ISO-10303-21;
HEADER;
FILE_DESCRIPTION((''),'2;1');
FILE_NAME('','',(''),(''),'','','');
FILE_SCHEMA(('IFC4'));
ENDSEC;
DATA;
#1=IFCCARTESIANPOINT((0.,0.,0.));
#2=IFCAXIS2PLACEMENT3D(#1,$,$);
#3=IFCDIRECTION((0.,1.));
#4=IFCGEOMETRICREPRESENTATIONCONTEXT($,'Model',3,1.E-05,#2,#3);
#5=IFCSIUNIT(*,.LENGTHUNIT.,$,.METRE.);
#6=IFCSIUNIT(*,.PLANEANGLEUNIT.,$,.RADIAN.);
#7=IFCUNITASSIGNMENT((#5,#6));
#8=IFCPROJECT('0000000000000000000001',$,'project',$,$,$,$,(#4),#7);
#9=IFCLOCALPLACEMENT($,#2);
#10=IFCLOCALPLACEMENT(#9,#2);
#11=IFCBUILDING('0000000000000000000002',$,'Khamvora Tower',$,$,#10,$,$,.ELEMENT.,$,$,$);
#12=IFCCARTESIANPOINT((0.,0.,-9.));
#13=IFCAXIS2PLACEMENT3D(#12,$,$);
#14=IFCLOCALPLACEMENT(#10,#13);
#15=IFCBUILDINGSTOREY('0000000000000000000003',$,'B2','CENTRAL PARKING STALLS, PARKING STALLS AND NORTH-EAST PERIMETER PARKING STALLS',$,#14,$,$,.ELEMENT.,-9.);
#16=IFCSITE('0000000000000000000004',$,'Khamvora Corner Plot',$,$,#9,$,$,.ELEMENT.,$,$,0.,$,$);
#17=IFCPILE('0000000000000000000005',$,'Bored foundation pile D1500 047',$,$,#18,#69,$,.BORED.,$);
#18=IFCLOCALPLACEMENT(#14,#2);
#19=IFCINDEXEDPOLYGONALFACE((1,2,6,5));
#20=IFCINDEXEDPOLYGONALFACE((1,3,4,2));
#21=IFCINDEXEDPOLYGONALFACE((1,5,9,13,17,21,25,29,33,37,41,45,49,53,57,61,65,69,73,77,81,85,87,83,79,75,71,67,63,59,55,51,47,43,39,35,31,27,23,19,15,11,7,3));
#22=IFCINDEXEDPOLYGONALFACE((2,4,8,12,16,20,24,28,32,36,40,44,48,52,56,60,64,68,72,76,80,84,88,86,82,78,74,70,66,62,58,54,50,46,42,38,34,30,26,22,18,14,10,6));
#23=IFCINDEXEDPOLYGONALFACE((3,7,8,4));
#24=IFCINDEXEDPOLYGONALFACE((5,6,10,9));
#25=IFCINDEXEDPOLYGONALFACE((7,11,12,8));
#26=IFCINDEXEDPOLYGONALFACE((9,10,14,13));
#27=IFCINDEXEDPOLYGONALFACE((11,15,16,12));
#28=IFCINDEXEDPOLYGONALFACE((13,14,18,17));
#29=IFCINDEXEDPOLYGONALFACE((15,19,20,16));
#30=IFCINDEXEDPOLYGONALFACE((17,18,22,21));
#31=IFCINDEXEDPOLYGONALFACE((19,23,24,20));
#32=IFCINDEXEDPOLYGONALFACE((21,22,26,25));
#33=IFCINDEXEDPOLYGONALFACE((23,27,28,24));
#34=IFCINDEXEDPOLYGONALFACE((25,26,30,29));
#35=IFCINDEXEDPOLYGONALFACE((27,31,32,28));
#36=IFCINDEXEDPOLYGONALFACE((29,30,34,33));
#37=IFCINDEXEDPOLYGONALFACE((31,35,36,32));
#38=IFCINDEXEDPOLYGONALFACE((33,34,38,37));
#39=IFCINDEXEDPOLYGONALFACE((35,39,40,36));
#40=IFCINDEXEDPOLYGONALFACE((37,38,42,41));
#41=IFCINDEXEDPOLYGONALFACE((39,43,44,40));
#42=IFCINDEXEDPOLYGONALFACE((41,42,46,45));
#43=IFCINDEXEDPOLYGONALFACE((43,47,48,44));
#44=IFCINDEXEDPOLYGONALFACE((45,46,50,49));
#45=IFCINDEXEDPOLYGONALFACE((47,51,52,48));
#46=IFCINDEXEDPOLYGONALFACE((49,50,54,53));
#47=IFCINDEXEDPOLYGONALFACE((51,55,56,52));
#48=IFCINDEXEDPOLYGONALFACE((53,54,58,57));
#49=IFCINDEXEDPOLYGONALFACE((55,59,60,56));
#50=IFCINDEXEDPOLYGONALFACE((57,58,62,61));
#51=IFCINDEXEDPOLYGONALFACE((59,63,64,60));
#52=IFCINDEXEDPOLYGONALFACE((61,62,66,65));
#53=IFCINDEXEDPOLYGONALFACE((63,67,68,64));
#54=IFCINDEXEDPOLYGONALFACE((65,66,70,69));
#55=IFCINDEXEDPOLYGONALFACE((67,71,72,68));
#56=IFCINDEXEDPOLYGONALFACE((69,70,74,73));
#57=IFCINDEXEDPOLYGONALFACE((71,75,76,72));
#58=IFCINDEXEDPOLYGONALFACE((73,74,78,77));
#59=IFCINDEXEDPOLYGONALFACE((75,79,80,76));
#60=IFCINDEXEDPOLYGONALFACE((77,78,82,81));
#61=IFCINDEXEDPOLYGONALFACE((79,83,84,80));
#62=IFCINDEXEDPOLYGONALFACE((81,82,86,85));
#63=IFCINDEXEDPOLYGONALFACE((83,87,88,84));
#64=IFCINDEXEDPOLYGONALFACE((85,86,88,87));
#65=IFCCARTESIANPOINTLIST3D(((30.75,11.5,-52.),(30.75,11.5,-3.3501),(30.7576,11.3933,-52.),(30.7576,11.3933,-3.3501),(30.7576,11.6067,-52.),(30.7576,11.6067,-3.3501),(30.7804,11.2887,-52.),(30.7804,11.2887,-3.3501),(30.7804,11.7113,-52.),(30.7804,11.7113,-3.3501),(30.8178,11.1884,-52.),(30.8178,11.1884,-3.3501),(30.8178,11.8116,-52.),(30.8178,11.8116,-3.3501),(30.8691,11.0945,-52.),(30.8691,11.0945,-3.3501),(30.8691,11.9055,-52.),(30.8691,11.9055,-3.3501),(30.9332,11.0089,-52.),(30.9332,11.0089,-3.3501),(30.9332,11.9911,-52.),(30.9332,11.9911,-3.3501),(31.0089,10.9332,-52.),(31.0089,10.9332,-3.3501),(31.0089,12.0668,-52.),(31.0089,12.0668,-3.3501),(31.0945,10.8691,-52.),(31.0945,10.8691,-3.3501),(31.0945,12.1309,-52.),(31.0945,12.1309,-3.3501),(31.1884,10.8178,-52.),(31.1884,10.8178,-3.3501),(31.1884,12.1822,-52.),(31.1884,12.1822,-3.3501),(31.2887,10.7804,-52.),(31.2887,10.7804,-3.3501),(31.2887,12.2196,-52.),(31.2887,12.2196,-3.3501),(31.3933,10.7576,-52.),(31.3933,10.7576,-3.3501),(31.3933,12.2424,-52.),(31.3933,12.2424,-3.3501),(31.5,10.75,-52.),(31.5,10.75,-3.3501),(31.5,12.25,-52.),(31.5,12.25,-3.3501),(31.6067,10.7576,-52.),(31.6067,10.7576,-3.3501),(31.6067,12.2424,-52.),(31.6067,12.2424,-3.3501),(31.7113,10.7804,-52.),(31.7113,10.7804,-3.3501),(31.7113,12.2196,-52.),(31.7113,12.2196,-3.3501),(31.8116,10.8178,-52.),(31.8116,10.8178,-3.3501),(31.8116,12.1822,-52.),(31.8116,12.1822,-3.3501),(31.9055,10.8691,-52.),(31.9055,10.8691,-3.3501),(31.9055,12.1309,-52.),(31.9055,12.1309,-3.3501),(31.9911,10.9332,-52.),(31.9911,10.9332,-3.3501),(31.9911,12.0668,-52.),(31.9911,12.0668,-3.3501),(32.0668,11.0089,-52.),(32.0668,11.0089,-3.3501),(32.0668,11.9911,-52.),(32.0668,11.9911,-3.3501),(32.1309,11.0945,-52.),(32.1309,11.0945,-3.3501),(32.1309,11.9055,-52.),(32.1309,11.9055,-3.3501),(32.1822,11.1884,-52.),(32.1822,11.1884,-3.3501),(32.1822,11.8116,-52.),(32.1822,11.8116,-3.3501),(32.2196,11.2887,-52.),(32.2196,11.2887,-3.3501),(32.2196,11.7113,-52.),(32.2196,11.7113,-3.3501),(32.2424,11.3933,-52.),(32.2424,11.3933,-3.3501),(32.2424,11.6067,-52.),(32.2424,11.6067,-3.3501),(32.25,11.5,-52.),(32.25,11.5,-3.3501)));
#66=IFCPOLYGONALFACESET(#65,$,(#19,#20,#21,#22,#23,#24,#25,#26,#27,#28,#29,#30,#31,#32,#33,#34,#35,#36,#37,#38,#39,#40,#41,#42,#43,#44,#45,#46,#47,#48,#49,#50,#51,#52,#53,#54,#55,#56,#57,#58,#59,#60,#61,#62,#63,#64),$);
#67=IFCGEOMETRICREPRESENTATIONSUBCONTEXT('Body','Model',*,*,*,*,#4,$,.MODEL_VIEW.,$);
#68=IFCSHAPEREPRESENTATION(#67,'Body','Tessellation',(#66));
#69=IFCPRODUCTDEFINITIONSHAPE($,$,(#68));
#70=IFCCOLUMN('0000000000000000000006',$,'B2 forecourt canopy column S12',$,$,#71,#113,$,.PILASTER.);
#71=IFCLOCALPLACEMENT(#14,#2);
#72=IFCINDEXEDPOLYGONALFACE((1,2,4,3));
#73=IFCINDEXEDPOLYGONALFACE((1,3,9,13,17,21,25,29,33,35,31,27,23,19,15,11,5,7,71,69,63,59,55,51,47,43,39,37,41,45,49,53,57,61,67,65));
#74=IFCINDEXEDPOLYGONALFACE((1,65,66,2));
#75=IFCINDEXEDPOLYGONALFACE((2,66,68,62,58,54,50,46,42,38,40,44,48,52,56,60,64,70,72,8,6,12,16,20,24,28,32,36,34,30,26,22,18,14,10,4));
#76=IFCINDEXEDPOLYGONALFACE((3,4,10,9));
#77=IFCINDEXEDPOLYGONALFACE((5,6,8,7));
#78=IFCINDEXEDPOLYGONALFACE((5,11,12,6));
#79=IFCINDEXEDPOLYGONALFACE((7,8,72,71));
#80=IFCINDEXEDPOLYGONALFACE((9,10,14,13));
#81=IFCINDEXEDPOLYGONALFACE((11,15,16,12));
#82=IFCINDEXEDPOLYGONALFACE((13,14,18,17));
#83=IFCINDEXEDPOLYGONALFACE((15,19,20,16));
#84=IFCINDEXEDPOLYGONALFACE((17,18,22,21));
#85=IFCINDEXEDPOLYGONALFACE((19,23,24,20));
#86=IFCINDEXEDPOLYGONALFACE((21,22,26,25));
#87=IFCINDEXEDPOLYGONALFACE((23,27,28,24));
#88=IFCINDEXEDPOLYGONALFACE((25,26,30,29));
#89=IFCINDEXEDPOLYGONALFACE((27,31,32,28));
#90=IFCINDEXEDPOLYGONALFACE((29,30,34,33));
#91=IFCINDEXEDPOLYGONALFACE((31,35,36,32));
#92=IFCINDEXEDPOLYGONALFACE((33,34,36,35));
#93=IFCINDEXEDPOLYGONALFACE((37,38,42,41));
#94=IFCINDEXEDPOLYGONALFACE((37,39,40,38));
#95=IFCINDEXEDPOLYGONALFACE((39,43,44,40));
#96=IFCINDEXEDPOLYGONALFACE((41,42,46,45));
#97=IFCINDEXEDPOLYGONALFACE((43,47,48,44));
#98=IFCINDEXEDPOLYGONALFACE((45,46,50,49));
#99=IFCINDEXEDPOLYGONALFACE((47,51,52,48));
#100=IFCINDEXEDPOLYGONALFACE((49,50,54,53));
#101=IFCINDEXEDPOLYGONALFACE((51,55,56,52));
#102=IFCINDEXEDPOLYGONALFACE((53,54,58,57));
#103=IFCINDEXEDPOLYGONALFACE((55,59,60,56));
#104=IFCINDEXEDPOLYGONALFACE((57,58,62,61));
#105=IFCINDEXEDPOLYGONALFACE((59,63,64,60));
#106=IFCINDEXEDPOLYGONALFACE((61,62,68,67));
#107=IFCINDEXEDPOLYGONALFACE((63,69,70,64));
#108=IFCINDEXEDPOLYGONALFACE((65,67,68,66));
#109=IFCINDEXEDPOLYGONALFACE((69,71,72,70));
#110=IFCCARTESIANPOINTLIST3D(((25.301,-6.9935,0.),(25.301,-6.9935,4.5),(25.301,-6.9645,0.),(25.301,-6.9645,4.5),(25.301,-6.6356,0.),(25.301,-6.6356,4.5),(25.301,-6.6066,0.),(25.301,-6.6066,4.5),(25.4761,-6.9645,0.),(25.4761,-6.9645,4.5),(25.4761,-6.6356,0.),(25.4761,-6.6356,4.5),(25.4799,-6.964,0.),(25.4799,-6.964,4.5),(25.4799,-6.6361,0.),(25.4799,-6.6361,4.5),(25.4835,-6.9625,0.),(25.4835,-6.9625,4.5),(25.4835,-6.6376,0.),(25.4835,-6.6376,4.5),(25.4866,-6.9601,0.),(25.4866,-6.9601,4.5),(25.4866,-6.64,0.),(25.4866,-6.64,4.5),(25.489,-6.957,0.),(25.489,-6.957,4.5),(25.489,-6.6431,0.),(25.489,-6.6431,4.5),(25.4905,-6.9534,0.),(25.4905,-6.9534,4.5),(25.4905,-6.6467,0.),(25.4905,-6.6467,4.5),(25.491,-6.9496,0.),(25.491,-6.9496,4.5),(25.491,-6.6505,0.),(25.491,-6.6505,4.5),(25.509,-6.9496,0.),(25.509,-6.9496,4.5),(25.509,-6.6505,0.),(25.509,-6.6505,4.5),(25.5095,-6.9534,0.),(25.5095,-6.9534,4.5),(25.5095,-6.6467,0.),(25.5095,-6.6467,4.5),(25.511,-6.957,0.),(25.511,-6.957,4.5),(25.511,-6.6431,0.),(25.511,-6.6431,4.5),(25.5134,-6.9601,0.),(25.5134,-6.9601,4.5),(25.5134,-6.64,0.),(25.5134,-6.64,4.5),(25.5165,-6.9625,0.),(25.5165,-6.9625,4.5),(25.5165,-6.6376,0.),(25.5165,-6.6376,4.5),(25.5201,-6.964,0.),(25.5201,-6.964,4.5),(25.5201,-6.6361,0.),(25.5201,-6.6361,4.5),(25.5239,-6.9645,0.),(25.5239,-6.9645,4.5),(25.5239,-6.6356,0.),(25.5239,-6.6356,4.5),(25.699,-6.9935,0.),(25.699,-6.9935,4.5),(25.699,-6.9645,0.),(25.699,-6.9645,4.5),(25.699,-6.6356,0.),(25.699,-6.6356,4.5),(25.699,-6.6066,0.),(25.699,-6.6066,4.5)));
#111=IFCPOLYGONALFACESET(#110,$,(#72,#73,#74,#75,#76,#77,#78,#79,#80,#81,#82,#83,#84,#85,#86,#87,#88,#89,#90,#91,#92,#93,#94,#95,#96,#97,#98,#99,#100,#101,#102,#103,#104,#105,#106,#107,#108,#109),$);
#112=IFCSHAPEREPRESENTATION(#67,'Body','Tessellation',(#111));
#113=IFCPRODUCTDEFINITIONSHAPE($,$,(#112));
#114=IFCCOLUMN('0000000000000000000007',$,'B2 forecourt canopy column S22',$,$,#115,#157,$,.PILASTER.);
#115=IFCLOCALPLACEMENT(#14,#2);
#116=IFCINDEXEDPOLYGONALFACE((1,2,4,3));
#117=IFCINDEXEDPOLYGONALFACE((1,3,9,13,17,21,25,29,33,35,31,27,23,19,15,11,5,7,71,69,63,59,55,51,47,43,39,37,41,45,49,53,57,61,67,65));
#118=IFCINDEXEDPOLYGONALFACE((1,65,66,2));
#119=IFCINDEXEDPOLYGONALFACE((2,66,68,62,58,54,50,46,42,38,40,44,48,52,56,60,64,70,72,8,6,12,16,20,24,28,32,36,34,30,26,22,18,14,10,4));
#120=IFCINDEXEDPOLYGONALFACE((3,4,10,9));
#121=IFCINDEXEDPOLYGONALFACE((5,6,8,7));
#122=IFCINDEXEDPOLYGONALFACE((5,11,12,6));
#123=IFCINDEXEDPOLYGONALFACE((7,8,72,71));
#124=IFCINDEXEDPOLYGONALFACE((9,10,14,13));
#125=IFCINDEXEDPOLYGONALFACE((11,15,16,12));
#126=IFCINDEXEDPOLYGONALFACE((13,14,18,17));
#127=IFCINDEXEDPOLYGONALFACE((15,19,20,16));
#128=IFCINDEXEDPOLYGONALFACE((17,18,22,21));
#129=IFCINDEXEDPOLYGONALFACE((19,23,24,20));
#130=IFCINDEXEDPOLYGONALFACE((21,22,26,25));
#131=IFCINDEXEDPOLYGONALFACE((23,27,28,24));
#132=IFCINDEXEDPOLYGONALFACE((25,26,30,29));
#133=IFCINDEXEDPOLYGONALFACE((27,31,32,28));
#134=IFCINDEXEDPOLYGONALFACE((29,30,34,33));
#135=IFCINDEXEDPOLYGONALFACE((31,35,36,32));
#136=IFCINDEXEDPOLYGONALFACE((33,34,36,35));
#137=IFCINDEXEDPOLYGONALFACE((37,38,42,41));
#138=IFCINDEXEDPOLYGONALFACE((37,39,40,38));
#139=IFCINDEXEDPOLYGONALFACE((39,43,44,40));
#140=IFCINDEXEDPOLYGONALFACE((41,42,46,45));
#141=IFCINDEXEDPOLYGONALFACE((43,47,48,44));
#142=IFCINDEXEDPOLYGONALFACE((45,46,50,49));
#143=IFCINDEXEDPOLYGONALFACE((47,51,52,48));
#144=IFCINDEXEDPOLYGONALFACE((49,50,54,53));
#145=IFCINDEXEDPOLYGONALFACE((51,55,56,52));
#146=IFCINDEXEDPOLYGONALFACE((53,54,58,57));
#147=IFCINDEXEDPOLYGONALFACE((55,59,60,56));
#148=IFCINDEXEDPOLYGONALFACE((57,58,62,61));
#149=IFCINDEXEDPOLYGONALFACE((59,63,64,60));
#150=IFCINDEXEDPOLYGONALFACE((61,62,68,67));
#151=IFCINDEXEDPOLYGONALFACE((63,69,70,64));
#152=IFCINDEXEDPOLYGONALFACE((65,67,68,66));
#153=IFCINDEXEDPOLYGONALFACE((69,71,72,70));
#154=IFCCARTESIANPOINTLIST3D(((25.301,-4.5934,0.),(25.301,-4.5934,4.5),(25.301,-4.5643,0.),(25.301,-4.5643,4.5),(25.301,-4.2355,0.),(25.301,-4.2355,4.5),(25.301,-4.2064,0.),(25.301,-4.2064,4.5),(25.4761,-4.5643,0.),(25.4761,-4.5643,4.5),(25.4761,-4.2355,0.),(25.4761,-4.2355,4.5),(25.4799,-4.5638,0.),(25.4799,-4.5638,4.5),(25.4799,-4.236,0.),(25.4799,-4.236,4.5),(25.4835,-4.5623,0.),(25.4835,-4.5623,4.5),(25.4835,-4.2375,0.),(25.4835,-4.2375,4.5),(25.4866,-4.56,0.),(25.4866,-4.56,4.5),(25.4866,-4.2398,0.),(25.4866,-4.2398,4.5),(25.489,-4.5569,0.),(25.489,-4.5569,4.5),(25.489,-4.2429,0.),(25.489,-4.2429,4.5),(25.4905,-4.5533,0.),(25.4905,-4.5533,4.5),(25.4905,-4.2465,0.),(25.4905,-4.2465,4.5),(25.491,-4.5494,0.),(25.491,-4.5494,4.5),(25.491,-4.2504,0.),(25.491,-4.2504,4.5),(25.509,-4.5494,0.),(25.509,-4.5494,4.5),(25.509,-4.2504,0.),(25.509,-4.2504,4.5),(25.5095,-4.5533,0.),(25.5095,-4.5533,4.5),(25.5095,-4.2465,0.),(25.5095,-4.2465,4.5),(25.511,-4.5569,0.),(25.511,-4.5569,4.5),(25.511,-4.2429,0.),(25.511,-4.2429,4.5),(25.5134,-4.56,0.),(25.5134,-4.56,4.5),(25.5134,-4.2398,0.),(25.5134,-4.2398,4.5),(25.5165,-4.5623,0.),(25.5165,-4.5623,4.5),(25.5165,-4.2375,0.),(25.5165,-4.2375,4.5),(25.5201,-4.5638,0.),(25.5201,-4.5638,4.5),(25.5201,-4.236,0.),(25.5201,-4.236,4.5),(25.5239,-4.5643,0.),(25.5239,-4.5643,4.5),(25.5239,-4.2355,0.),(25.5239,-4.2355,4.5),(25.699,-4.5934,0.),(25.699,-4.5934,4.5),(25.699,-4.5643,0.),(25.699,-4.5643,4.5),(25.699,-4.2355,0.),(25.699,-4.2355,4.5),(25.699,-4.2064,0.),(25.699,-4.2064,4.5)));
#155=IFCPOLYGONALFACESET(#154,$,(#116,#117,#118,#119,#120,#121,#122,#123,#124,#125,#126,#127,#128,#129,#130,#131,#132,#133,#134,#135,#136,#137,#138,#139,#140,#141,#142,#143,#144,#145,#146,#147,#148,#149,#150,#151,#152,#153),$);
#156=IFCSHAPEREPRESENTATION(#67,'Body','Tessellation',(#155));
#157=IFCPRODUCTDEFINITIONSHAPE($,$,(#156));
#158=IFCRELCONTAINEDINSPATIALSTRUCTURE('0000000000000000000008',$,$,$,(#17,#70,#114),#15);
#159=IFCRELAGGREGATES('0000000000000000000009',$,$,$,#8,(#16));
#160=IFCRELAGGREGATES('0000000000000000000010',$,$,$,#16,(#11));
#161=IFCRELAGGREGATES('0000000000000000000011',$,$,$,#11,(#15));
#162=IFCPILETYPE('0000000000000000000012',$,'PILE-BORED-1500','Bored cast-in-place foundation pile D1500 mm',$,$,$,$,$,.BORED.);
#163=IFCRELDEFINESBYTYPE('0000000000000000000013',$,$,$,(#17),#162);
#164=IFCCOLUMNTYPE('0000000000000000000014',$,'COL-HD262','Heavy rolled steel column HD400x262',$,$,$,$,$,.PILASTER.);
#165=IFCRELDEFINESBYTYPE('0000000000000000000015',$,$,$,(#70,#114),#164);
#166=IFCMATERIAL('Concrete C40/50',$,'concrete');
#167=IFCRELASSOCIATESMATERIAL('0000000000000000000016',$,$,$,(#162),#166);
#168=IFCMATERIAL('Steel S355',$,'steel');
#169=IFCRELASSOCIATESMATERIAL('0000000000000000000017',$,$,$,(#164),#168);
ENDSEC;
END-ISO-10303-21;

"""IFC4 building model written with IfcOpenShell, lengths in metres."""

from ifc_helpers import new_model, si_unit, direction, frame, origin, origin_2d, place, context, subcontext, project, spatial, circle, i_section, extrude, material, material_profile, profile_set, type_object, element, save


model = new_model("IFC4")

# Units and contexts
model_context = context("Model", 3, precision=1e-05, world=origin(), true_north=direction((0.0, 1.0)))
body_context = subcontext(model_context, "Body", "Model", "MODEL_VIEW")
ifc_project = project(units=[si_unit("LENGTHUNIT", "METRE"), si_unit("PLANEANGLEUNIT", "RADIAN")], contexts=[model_context])

# Site, building, storey
site_placement = place(None, origin())
site = spatial("IfcSite", under=ifc_project, at=site_placement, Name="Khamvora Corner Plot", CompositionType="ELEMENT", RefElevation=0.0)
building_placement = place(site_placement, origin())
building = spatial("IfcBuilding", under=site, at=building_placement, Name="Khamvora Tower", CompositionType="ELEMENT")
storey_placement = place(building_placement, frame((0.0, 0.0, -9.0)))
storey = spatial("IfcBuildingStorey", under=building, at=storey_placement, Name="B2", Description="CENTRAL PARKING STALLS, PARKING STALLS AND NORTH-EAST PERIMETER PARKING STALLS", CompositionType="ELEMENT", Elevation=-9.0)

# Shared definitions
ifc_material_1 = material(Name="Concrete C40/50", Category="concrete")

# Pile
ifc_material_profile_1 = material_profile(ifc_material_1, circle(Radius=0.75, at=origin_2d()), Name="PILE_D1500")
ifc_profile_set_1 = profile_set([ifc_material_profile_1], Name="Concrete C40/50")
pile_type = type_object("IfcPileType", Name="PILE-BORED-1500", Description="Bored cast-in-place foundation pile D1500 mm", PredefinedType="BORED", material=ifc_profile_set_1)
for number, where, z_axis, x_axis, name in (
    (1, (31.5, 11.5, -3.3501), (0.0, 0.0, -1.0), (1.0, 0.0, 0.0), "Bored foundation pile D1500 047"),
):
    element("IfcPile", number, at=place(storey_placement, frame(where, z_axis=z_axis, x_axis=x_axis)), inside=storey, type_object=pile_type, Name=name, PredefinedType="BORED", context=body_context, shape_type="SweptSolid", body=[
        extrude(circle(Radius=0.75, at=origin_2d()), origin(), (0.0, 0.0, 1.0), 48.6499),
    ])

# Columns
ifc_material_2 = material(Name="Steel S355", Category="steel")
ifc_material_profile_2 = material_profile(ifc_material_2, i_section(OverallWidth=0.3979, OverallDepth=0.387, WebThickness=0.0181, FlangeThickness=0.0291, FilletRadius=0.0149, at=origin_2d()), Name="HD400x262")
ifc_profile_set_2 = profile_set([ifc_material_profile_2], Name="Steel S355")
column_type_1 = type_object("IfcColumnType", Name="COL-HD262", Description="Heavy rolled steel column HD400x262", PredefinedType="PILASTER", material=ifc_profile_set_2)
for number, where, z_axis, x_axis, name in (
    (2, (25.5, -6.8, 0.0), (0.0, 0.0, 1.0), (1.0, 0.0, 0.0), "B2 forecourt canopy column S12"),
    (3, (25.5, -4.3999, 0.0), (0.0, 0.0, 1.0), (1.0, 0.0, 0.0), "B2 forecourt canopy column S22"),
):
    element("IfcColumn", number, at=place(storey_placement, frame(where, z_axis=z_axis, x_axis=x_axis)), inside=storey, type_object=column_type_1, Name=name, PredefinedType="PILASTER", context=body_context, shape_type="SweptSolid", body=[
        extrude(i_section(OverallWidth=0.3979, OverallDepth=0.387, WebThickness=0.0181, FlangeThickness=0.0291, FilletRadius=0.0149, at=origin_2d()), origin(), (0.0, 0.0, 1.0), 4.5),
    ])

save(model, "model.ifc")
